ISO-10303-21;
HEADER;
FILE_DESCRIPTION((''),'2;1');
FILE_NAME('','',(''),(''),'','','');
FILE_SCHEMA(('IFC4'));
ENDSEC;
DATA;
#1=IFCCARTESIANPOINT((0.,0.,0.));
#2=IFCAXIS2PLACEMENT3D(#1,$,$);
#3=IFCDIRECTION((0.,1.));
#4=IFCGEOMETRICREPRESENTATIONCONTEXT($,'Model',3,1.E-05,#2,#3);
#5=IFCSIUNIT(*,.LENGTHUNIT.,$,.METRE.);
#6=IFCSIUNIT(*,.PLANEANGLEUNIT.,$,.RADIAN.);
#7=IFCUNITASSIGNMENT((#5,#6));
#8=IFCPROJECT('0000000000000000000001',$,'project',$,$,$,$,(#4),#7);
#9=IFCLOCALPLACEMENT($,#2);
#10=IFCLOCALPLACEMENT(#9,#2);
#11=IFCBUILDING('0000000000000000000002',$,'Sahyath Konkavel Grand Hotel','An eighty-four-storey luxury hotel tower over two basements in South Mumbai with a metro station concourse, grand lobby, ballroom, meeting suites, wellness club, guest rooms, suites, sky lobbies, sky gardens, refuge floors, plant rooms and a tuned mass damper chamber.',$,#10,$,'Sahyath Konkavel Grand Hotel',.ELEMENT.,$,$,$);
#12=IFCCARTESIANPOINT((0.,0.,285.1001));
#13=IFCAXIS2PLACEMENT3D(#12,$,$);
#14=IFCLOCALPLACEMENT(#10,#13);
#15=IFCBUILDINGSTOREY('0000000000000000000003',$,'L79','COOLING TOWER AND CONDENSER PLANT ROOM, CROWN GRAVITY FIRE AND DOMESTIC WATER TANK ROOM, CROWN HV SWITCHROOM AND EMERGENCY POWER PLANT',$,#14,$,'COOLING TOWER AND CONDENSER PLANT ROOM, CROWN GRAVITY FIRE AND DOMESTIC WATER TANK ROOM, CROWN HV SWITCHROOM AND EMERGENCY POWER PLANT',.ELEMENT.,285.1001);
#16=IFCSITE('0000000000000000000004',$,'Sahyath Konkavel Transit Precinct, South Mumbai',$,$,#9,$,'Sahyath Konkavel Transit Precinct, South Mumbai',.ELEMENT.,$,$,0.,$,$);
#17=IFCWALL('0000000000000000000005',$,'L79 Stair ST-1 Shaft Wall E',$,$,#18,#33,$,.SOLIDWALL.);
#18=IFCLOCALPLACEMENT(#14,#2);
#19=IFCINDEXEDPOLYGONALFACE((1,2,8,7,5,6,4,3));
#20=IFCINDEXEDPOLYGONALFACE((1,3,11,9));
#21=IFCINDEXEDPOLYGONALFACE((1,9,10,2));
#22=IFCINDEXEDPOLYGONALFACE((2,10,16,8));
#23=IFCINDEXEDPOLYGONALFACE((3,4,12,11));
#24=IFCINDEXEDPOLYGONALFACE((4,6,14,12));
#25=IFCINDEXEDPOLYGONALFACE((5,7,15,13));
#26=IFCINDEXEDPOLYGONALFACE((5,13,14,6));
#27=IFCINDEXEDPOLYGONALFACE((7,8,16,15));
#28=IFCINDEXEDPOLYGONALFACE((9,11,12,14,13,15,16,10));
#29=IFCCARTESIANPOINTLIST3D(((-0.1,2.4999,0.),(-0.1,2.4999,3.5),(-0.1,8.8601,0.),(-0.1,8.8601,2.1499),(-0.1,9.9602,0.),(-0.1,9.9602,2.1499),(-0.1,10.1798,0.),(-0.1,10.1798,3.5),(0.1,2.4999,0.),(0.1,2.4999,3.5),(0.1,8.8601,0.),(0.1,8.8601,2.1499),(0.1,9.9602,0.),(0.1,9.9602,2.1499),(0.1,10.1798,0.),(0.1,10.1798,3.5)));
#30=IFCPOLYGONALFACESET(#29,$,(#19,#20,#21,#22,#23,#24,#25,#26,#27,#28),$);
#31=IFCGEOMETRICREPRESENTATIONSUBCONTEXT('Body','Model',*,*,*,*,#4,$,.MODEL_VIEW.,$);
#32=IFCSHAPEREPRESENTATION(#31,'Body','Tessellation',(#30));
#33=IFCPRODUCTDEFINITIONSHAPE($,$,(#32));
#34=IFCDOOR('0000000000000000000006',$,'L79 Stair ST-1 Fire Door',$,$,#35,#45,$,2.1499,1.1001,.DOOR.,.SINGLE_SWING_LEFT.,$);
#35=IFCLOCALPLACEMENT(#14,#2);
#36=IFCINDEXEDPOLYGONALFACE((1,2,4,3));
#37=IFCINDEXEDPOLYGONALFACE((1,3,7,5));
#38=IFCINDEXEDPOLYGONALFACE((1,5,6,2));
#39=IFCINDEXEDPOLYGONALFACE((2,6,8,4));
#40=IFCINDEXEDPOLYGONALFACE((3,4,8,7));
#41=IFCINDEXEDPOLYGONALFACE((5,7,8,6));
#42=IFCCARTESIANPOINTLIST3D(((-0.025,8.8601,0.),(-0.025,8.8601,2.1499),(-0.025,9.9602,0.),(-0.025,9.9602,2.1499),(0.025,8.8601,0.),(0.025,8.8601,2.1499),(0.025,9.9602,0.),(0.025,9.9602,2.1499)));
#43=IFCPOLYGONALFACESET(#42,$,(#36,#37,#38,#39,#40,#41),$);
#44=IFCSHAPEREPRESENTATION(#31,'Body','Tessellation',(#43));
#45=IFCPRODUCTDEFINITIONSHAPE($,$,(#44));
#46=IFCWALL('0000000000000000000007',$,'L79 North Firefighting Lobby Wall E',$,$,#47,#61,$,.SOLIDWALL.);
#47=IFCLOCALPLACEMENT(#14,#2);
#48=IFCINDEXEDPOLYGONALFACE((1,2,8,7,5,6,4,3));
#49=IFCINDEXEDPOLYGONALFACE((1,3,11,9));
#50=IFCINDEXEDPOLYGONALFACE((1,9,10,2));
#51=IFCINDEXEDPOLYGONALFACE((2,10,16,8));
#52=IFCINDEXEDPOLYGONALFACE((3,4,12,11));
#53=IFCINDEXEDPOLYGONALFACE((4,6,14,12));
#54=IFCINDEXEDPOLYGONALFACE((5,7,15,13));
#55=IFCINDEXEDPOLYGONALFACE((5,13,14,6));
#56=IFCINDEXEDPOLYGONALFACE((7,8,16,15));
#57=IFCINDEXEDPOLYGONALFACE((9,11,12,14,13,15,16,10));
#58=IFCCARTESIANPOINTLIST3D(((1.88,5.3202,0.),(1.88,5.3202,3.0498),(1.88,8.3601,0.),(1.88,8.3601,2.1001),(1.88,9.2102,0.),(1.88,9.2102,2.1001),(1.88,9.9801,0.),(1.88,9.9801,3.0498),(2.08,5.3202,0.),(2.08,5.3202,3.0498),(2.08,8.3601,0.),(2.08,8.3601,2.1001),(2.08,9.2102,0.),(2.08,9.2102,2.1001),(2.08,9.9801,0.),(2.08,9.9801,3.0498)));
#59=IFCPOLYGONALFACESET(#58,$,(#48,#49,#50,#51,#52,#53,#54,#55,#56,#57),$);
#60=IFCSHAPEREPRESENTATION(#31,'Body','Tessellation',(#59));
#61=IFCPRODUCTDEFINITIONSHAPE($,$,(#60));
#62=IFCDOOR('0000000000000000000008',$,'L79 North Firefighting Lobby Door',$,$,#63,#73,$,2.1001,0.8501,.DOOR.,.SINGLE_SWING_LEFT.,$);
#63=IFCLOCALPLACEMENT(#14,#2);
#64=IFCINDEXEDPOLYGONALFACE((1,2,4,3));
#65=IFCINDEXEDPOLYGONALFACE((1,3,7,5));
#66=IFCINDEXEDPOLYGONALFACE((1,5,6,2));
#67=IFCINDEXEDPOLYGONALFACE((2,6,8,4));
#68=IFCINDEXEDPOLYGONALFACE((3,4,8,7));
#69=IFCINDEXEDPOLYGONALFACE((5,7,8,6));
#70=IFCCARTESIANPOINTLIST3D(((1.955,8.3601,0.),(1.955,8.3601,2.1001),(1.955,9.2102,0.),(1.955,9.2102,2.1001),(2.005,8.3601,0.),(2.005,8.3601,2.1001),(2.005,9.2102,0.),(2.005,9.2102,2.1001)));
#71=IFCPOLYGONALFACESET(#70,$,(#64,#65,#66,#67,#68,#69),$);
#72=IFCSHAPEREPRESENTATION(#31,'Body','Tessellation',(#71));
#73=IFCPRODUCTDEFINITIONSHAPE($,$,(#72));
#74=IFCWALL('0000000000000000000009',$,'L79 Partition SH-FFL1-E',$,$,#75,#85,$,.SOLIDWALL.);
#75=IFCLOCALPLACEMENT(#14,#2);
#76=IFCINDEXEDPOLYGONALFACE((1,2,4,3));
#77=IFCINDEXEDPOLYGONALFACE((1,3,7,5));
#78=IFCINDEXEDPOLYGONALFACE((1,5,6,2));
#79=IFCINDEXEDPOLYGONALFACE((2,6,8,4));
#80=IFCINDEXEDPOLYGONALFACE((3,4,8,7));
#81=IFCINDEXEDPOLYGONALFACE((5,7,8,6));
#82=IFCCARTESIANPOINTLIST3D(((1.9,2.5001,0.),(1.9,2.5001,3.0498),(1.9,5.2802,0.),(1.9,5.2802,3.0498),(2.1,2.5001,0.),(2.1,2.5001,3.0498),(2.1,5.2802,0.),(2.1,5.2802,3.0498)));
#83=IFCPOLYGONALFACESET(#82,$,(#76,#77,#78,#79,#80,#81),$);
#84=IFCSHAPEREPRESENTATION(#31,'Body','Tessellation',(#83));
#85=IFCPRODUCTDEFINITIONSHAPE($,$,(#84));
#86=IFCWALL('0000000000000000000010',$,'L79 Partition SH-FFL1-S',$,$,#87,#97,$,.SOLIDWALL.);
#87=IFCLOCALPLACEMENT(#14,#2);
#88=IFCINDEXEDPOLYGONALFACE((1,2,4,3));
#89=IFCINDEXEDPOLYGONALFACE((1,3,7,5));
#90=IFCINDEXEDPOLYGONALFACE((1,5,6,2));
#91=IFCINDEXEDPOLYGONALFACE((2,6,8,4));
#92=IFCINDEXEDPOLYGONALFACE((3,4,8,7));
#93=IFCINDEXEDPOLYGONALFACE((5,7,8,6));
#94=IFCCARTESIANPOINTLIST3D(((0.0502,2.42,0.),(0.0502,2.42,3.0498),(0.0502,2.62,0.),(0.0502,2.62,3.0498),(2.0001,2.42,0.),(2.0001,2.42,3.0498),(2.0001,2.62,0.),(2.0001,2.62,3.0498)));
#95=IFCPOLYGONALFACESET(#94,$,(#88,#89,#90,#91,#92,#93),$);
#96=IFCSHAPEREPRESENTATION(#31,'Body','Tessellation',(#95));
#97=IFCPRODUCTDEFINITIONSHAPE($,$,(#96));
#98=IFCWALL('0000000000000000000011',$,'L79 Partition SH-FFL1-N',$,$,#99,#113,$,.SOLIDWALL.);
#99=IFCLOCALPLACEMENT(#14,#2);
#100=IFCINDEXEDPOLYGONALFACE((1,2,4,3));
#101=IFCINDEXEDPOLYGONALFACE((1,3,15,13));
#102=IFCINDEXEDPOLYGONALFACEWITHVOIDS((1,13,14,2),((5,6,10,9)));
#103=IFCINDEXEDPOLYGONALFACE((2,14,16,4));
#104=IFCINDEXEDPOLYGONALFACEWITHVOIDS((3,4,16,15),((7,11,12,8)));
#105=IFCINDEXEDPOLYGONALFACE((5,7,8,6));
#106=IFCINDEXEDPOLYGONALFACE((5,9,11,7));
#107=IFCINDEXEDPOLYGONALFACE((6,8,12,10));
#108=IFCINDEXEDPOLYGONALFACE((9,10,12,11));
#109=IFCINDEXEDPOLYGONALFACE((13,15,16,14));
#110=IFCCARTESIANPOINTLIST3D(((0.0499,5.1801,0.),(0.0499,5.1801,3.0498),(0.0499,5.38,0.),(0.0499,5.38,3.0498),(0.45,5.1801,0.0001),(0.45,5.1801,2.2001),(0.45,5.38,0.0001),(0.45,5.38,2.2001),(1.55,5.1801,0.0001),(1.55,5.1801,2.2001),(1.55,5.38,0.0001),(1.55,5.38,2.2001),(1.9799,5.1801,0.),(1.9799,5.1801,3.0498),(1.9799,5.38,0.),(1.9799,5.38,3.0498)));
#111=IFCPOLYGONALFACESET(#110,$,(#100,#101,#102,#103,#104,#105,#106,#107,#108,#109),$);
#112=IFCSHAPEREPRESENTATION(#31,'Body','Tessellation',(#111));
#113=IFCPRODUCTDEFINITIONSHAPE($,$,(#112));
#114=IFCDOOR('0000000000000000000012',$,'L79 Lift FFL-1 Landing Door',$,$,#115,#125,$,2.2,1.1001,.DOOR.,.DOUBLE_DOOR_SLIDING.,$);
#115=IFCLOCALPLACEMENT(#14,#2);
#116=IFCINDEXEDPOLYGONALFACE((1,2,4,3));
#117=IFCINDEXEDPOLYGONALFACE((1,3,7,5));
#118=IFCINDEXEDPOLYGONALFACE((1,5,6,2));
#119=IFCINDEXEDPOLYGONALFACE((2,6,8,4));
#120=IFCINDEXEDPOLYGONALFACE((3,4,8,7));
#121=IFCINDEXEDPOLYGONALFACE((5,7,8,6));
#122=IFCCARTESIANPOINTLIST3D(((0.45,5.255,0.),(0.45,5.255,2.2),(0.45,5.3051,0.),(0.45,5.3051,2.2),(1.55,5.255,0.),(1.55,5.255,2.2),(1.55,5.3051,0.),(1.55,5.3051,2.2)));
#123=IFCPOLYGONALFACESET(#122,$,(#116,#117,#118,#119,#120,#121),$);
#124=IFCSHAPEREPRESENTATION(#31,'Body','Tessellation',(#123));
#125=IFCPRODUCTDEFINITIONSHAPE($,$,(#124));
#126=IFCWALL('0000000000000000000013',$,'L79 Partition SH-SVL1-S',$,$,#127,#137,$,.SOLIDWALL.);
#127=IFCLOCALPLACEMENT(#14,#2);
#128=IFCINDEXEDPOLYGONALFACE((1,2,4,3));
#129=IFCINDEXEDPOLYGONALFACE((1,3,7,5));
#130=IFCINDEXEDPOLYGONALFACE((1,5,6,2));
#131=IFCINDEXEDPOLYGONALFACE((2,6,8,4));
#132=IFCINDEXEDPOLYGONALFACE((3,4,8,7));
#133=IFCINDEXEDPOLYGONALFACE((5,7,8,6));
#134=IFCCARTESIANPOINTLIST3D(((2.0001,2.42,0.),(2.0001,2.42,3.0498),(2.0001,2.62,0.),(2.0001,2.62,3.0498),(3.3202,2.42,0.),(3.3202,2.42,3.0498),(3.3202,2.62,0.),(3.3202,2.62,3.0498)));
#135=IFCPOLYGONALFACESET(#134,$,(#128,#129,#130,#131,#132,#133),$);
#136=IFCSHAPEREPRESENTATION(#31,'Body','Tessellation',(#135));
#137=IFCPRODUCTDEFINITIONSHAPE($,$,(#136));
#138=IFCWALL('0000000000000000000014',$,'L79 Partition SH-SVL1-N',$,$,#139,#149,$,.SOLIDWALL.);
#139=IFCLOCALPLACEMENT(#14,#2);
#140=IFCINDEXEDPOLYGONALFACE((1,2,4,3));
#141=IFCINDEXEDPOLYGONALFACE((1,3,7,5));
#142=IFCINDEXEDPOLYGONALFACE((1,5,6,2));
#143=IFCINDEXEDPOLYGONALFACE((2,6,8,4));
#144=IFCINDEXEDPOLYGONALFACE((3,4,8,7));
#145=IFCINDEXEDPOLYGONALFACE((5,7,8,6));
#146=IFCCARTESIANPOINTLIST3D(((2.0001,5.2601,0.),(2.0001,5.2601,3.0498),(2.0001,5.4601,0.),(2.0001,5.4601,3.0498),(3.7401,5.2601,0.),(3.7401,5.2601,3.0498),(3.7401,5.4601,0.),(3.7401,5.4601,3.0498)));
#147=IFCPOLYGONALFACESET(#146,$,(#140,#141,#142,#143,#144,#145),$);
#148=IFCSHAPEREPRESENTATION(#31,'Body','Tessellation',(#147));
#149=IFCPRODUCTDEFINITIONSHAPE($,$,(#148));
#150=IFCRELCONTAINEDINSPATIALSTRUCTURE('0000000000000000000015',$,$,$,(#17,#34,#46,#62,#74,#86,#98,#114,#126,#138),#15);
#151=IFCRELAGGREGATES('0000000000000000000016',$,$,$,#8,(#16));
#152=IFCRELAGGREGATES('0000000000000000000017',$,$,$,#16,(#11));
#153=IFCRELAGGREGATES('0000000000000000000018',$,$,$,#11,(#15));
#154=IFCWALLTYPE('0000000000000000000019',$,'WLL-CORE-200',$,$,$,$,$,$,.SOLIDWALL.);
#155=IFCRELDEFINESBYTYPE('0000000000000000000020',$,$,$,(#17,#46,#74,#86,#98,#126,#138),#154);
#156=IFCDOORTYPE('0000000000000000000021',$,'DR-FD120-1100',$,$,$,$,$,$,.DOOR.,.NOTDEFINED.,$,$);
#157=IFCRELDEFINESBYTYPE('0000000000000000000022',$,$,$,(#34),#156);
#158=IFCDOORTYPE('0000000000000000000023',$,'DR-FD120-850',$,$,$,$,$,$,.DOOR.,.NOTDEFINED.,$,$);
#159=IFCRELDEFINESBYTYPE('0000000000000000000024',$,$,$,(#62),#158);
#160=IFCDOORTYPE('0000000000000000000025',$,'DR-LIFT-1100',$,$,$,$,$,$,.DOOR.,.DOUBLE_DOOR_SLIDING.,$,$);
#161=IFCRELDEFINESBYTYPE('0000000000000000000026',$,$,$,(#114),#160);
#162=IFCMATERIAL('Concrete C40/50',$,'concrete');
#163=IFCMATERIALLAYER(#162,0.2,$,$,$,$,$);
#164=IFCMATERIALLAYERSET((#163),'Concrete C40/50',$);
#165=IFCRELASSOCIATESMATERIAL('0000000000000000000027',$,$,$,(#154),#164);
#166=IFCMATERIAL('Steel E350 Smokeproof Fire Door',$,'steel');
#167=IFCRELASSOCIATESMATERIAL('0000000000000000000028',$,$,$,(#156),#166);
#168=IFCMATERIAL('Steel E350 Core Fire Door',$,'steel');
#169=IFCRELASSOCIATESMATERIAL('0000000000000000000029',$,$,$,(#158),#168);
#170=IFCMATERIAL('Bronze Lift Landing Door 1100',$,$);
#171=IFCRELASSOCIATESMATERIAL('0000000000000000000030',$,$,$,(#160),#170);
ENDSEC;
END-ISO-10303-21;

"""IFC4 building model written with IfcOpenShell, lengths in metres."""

from ifc_helpers import new_model, si_unit, direction, frame, frame_2d, origin, origin_2d, place, context, subcontext, project, spatial, rectangle, extrude, source, transform, mapped, material, layer, layer_set, type_object, element, fill, save


model = new_model("IFC4")

# Units and contexts
model_context = context("Model", 3, precision=1e-05, world=origin(), true_north=direction((0.0, 1.0)))
body_context = subcontext(model_context, "Body", "Model", "MODEL_VIEW")
ifc_project = project(units=[si_unit("LENGTHUNIT", "METRE"), si_unit("PLANEANGLEUNIT", "RADIAN")], contexts=[model_context])

# Site, building, storey
site_placement = place(None, origin())
site = spatial("IfcSite", under=ifc_project, at=site_placement, Name="Sahyath Konkavel Transit Precinct, South Mumbai", LongName="Sahyath Konkavel Transit Precinct, South Mumbai", CompositionType="ELEMENT", RefElevation=0.0)
building_placement = place(site_placement, origin())
building = spatial("IfcBuilding", under=site, at=building_placement, Name="Sahyath Konkavel Grand Hotel", Description="An eighty-four-storey luxury hotel tower over two basements in South Mumbai with a metro station concourse, grand lobby, ballroom, meeting suites, wellness club, guest rooms, suites, sky lobbies, sky gardens, refuge floors, plant rooms and a tuned mass damper chamber.", LongName="Sahyath Konkavel Grand Hotel", CompositionType="ELEMENT")
storey_placement = place(building_placement, frame((0.0, 0.0, 285.1001)))
storey = spatial("IfcBuildingStorey", under=building, at=storey_placement, Name="L79", Description="COOLING TOWER AND CONDENSER PLANT ROOM, CROWN GRAVITY FIRE AND DOMESTIC WATER TANK ROOM, CROWN HV SWITCHROOM AND EMERGENCY POWER PLANT", LongName="COOLING TOWER AND CONDENSER PLANT ROOM, CROWN GRAVITY FIRE AND DOMESTIC WATER TANK ROOM, CROWN HV SWITCHROOM AND EMERGENCY POWER PLANT", CompositionType="ELEMENT", Elevation=285.1001)

# Shared definitions
ifc_material_1 = material(Name="Concrete C40/50", Category="concrete")

# Walls, openings, doors
ifc_layer_1 = layer(ifc_material_1, 0.2)
ifc_layer_set_1 = layer_set([ifc_layer_1], Name="Concrete C40/50")
wall_type_1 = type_object("IfcWallType", Name="WLL-CORE-200", PredefinedType="SOLIDWALL", material=ifc_layer_set_1)
wall_1_placement = place(storey_placement, frame((0.0, 2.5, 0.0), z_axis=(0.0, 0.0, 1.0), x_axis=(0.0, 1.0, 0.0)))
wall_1 = element("IfcWall", 1, at=wall_1_placement, inside=storey, type_object=wall_type_1, Name="L79 Stair ST-1 Shaft Wall E", PredefinedType="SOLIDWALL", context=body_context, shape_type="SweptSolid", body=[
    extrude(rectangle(XDim=7.6799, YDim=0.2, at=frame_2d((3.8398, 0.0))), origin(), (0.0, 0.0, 1.0), 3.5),
])
opening_1_placement = place(wall_1_placement, frame((6.3601, 0.0, 0.0)))
opening_1 = element("IfcOpeningElement", 2, at=opening_1_placement, cuts=wall_1, PredefinedType="OPENING", context=body_context, shape_type="SweptSolid", body=[
    extrude(rectangle(XDim=1.1001, YDim=2.1499, at=frame_2d((0.55, 1.075))), frame((0.0, 0.1099, 0.0), z_axis=(0.0, -1.0, 0.0), x_axis=(1.0, 0.0, 0.0)), (0.0, 0.0, 1.0), 0.22),
])
ifc_material_2 = material(Name="Steel E350 Smokeproof Fire Door", Category="steel")
door_type_1 = type_object("IfcDoorType", Name="DR-FD120-1100", OperationType="NOTDEFINED", PredefinedType="DOOR", material=ifc_material_2)
shared_shape_1 = source(origin(), body_context, "Body", "SweptSolid", [
    extrude(rectangle(XDim=1.1001, YDim=0.05, at=origin_2d()), origin(), (0.0, 0.0, 1.0), 2.1499),
])
door_1_placement = place(opening_1_placement, frame((0.55, 0.0, 0.0)))
door_1 = element("IfcDoor", 3, at=door_1_placement, inside=storey, type_object=door_type_1, Name="L79 Stair ST-1 Fire Door", OperationType="SINGLE_SWING_LEFT", OverallHeight=2.1499, OverallWidth=1.1001, PredefinedType="DOOR", context=body_context, shape_type="MappedRepresentation", body=[
    mapped(shared_shape_1, transform((0.0, 0.0, 0.0), scale=1.0)),
])
fill(opening_1, door_1)
wall_2_placement = place(storey_placement, frame((1.98, 5.3201, 0.0), z_axis=(0.0, 0.0, 1.0), x_axis=(0.0, 1.0, 0.0)))
wall_2 = element("IfcWall", 4, at=wall_2_placement, inside=storey, type_object=wall_type_1, Name="L79 North Firefighting Lobby Wall E", PredefinedType="SOLIDWALL", context=body_context, shape_type="SweptSolid", body=[
    extrude(rectangle(XDim=4.6599, YDim=0.2, at=frame_2d((2.3301, 0.0))), origin(), (0.0, 0.0, 1.0), 3.0498),
])
opening_2_placement = place(wall_2_placement, frame((3.04, 0.0, 0.0)))
opening_2 = element("IfcOpeningElement", 5, at=opening_2_placement, cuts=wall_2, PredefinedType="OPENING", context=body_context, shape_type="SweptSolid", body=[
    extrude(rectangle(XDim=0.8501, YDim=2.1001, at=frame_2d((0.425, 1.05))), frame((0.0, 0.1099, 0.0), z_axis=(0.0, -1.0, 0.0), x_axis=(1.0, 0.0, 0.0)), (0.0, 0.0, 1.0), 0.22),
])
ifc_material_3 = material(Name="Steel E350 Core Fire Door", Category="steel")
door_type_2 = type_object("IfcDoorType", Name="DR-FD120-850", OperationType="NOTDEFINED", PredefinedType="DOOR", material=ifc_material_3)
shared_shape_2 = source(origin(), body_context, "Body", "SweptSolid", [
    extrude(rectangle(XDim=0.8501, YDim=0.05, at=origin_2d()), origin(), (0.0, 0.0, 1.0), 2.1001),
])
door_2_placement = place(opening_2_placement, frame((0.425, 0.0, 0.0)))
door_2 = element("IfcDoor", 6, at=door_2_placement, inside=storey, type_object=door_type_2, Name="L79 North Firefighting Lobby Door", OperationType="SINGLE_SWING_LEFT", OverallHeight=2.1001, OverallWidth=0.8501, PredefinedType="DOOR", context=body_context, shape_type="MappedRepresentation", body=[
    mapped(shared_shape_2, transform((0.0, 0.0, 0.0), scale=1.0)),
])
fill(opening_2, door_2)

# Walls
wall_3_placement = place(storey_placement, frame((2.0, 2.5, 0.0), z_axis=(0.0, 0.0, 1.0), x_axis=(0.0, 1.0, 0.0)))
element("IfcWall", 7, at=wall_3_placement, inside=storey, type_object=wall_type_1, Name="L79 Partition SH-FFL1-E", PredefinedType="SOLIDWALL", context=body_context, shape_type="SweptSolid", body=[
    extrude(rectangle(XDim=2.78, YDim=0.2, at=frame_2d((1.3901, 0.0))), origin(), (0.0, 0.0, 1.0), 3.0498),
])
wall_4_placement = place(storey_placement, frame((0.05, 2.52, 0.0), z_axis=(0.0, 0.0, 1.0), x_axis=(1.0, 0.0, 0.0)))
element("IfcWall", 8, at=wall_4_placement, inside=storey, type_object=wall_type_1, Name="L79 Partition SH-FFL1-S", PredefinedType="SOLIDWALL", context=body_context, shape_type="SweptSolid", body=[
    extrude(rectangle(XDim=1.95, YDim=0.2, at=frame_2d((0.9751, 0.0))), origin(), (0.0, 0.0, 1.0), 3.0498),
])

# Wall, opening, door
wall_5_placement = place(storey_placement, frame((0.05, 5.28, 0.0), z_axis=(0.0, 0.0, 1.0), x_axis=(1.0, 0.0, 0.0)))
wall_5 = element("IfcWall", 9, at=wall_5_placement, inside=storey, type_object=wall_type_1, Name="L79 Partition SH-FFL1-N", PredefinedType="SOLIDWALL", context=body_context, shape_type="SweptSolid", body=[
    extrude(rectangle(XDim=1.9299, YDim=0.2, at=frame_2d((0.9648, 0.0))), origin(), (0.0, 0.0, 1.0), 3.0498),
])
opening_3_placement = place(wall_5_placement, frame((0.3999, 0.0, 0.0)))
opening_3 = element("IfcOpeningElement", 10, at=opening_3_placement, cuts=wall_5, PredefinedType="OPENING", context=body_context, shape_type="SweptSolid", body=[
    extrude(rectangle(XDim=1.1001, YDim=2.2, at=frame_2d((0.55, 1.1001))), frame((0.0, 0.1099, 0.0), z_axis=(0.0, -1.0, 0.0), x_axis=(1.0, 0.0, 0.0)), (0.0, 0.0, 1.0), 0.22),
])
ifc_material_4 = material(Name="Bronze Lift Landing Door 1100")
door_type_3 = type_object("IfcDoorType", Name="DR-LIFT-1100", OperationType="DOUBLE_DOOR_SLIDING", PredefinedType="DOOR", material=ifc_material_4)
shared_shape_3 = source(origin(), body_context, "Body", "SweptSolid", [
    extrude(rectangle(XDim=1.1001, YDim=0.05, at=origin_2d()), origin(), (0.0, 0.0, 1.0), 2.2),
])
door_3_placement = place(opening_3_placement, frame((0.55, 0.0, 0.0)))
door_3 = element("IfcDoor", 11, at=door_3_placement, inside=storey, type_object=door_type_3, Name="L79 Lift FFL-1 Landing Door", OperationType="DOUBLE_DOOR_SLIDING", OverallHeight=2.2, OverallWidth=1.1001, PredefinedType="DOOR", context=body_context, shape_type="MappedRepresentation", body=[
    mapped(shared_shape_3, transform((0.0, 0.0, 0.0), scale=1.0)),
])
fill(opening_3, door_3)

# Walls
wall_6_placement = place(storey_placement, frame((2.0, 2.52, 0.0), z_axis=(0.0, 0.0, 1.0), x_axis=(1.0, 0.0, 0.0)))
element("IfcWall", 12, at=wall_6_placement, inside=storey, type_object=wall_type_1, Name="L79 Partition SH-SVL1-S", PredefinedType="SOLIDWALL", context=body_context, shape_type="SweptSolid", body=[
    extrude(rectangle(XDim=1.3201, YDim=0.2, at=frame_2d((0.6602, 0.0))), origin(), (0.0, 0.0, 1.0), 3.0498),
])
wall_7_placement = place(storey_placement, frame((2.0, 5.3601, 0.0), z_axis=(0.0, 0.0, 1.0), x_axis=(1.0, 0.0, 0.0)))
element("IfcWall", 13, at=wall_7_placement, inside=storey, type_object=wall_type_1, Name="L79 Partition SH-SVL1-N", PredefinedType="SOLIDWALL", context=body_context, shape_type="SweptSolid", body=[
    extrude(rectangle(XDim=1.74, YDim=0.2, at=frame_2d((0.8701, 0.0))), origin(), (0.0, 0.0, 1.0), 3.0498),
])

save(model, "model.ifc")
